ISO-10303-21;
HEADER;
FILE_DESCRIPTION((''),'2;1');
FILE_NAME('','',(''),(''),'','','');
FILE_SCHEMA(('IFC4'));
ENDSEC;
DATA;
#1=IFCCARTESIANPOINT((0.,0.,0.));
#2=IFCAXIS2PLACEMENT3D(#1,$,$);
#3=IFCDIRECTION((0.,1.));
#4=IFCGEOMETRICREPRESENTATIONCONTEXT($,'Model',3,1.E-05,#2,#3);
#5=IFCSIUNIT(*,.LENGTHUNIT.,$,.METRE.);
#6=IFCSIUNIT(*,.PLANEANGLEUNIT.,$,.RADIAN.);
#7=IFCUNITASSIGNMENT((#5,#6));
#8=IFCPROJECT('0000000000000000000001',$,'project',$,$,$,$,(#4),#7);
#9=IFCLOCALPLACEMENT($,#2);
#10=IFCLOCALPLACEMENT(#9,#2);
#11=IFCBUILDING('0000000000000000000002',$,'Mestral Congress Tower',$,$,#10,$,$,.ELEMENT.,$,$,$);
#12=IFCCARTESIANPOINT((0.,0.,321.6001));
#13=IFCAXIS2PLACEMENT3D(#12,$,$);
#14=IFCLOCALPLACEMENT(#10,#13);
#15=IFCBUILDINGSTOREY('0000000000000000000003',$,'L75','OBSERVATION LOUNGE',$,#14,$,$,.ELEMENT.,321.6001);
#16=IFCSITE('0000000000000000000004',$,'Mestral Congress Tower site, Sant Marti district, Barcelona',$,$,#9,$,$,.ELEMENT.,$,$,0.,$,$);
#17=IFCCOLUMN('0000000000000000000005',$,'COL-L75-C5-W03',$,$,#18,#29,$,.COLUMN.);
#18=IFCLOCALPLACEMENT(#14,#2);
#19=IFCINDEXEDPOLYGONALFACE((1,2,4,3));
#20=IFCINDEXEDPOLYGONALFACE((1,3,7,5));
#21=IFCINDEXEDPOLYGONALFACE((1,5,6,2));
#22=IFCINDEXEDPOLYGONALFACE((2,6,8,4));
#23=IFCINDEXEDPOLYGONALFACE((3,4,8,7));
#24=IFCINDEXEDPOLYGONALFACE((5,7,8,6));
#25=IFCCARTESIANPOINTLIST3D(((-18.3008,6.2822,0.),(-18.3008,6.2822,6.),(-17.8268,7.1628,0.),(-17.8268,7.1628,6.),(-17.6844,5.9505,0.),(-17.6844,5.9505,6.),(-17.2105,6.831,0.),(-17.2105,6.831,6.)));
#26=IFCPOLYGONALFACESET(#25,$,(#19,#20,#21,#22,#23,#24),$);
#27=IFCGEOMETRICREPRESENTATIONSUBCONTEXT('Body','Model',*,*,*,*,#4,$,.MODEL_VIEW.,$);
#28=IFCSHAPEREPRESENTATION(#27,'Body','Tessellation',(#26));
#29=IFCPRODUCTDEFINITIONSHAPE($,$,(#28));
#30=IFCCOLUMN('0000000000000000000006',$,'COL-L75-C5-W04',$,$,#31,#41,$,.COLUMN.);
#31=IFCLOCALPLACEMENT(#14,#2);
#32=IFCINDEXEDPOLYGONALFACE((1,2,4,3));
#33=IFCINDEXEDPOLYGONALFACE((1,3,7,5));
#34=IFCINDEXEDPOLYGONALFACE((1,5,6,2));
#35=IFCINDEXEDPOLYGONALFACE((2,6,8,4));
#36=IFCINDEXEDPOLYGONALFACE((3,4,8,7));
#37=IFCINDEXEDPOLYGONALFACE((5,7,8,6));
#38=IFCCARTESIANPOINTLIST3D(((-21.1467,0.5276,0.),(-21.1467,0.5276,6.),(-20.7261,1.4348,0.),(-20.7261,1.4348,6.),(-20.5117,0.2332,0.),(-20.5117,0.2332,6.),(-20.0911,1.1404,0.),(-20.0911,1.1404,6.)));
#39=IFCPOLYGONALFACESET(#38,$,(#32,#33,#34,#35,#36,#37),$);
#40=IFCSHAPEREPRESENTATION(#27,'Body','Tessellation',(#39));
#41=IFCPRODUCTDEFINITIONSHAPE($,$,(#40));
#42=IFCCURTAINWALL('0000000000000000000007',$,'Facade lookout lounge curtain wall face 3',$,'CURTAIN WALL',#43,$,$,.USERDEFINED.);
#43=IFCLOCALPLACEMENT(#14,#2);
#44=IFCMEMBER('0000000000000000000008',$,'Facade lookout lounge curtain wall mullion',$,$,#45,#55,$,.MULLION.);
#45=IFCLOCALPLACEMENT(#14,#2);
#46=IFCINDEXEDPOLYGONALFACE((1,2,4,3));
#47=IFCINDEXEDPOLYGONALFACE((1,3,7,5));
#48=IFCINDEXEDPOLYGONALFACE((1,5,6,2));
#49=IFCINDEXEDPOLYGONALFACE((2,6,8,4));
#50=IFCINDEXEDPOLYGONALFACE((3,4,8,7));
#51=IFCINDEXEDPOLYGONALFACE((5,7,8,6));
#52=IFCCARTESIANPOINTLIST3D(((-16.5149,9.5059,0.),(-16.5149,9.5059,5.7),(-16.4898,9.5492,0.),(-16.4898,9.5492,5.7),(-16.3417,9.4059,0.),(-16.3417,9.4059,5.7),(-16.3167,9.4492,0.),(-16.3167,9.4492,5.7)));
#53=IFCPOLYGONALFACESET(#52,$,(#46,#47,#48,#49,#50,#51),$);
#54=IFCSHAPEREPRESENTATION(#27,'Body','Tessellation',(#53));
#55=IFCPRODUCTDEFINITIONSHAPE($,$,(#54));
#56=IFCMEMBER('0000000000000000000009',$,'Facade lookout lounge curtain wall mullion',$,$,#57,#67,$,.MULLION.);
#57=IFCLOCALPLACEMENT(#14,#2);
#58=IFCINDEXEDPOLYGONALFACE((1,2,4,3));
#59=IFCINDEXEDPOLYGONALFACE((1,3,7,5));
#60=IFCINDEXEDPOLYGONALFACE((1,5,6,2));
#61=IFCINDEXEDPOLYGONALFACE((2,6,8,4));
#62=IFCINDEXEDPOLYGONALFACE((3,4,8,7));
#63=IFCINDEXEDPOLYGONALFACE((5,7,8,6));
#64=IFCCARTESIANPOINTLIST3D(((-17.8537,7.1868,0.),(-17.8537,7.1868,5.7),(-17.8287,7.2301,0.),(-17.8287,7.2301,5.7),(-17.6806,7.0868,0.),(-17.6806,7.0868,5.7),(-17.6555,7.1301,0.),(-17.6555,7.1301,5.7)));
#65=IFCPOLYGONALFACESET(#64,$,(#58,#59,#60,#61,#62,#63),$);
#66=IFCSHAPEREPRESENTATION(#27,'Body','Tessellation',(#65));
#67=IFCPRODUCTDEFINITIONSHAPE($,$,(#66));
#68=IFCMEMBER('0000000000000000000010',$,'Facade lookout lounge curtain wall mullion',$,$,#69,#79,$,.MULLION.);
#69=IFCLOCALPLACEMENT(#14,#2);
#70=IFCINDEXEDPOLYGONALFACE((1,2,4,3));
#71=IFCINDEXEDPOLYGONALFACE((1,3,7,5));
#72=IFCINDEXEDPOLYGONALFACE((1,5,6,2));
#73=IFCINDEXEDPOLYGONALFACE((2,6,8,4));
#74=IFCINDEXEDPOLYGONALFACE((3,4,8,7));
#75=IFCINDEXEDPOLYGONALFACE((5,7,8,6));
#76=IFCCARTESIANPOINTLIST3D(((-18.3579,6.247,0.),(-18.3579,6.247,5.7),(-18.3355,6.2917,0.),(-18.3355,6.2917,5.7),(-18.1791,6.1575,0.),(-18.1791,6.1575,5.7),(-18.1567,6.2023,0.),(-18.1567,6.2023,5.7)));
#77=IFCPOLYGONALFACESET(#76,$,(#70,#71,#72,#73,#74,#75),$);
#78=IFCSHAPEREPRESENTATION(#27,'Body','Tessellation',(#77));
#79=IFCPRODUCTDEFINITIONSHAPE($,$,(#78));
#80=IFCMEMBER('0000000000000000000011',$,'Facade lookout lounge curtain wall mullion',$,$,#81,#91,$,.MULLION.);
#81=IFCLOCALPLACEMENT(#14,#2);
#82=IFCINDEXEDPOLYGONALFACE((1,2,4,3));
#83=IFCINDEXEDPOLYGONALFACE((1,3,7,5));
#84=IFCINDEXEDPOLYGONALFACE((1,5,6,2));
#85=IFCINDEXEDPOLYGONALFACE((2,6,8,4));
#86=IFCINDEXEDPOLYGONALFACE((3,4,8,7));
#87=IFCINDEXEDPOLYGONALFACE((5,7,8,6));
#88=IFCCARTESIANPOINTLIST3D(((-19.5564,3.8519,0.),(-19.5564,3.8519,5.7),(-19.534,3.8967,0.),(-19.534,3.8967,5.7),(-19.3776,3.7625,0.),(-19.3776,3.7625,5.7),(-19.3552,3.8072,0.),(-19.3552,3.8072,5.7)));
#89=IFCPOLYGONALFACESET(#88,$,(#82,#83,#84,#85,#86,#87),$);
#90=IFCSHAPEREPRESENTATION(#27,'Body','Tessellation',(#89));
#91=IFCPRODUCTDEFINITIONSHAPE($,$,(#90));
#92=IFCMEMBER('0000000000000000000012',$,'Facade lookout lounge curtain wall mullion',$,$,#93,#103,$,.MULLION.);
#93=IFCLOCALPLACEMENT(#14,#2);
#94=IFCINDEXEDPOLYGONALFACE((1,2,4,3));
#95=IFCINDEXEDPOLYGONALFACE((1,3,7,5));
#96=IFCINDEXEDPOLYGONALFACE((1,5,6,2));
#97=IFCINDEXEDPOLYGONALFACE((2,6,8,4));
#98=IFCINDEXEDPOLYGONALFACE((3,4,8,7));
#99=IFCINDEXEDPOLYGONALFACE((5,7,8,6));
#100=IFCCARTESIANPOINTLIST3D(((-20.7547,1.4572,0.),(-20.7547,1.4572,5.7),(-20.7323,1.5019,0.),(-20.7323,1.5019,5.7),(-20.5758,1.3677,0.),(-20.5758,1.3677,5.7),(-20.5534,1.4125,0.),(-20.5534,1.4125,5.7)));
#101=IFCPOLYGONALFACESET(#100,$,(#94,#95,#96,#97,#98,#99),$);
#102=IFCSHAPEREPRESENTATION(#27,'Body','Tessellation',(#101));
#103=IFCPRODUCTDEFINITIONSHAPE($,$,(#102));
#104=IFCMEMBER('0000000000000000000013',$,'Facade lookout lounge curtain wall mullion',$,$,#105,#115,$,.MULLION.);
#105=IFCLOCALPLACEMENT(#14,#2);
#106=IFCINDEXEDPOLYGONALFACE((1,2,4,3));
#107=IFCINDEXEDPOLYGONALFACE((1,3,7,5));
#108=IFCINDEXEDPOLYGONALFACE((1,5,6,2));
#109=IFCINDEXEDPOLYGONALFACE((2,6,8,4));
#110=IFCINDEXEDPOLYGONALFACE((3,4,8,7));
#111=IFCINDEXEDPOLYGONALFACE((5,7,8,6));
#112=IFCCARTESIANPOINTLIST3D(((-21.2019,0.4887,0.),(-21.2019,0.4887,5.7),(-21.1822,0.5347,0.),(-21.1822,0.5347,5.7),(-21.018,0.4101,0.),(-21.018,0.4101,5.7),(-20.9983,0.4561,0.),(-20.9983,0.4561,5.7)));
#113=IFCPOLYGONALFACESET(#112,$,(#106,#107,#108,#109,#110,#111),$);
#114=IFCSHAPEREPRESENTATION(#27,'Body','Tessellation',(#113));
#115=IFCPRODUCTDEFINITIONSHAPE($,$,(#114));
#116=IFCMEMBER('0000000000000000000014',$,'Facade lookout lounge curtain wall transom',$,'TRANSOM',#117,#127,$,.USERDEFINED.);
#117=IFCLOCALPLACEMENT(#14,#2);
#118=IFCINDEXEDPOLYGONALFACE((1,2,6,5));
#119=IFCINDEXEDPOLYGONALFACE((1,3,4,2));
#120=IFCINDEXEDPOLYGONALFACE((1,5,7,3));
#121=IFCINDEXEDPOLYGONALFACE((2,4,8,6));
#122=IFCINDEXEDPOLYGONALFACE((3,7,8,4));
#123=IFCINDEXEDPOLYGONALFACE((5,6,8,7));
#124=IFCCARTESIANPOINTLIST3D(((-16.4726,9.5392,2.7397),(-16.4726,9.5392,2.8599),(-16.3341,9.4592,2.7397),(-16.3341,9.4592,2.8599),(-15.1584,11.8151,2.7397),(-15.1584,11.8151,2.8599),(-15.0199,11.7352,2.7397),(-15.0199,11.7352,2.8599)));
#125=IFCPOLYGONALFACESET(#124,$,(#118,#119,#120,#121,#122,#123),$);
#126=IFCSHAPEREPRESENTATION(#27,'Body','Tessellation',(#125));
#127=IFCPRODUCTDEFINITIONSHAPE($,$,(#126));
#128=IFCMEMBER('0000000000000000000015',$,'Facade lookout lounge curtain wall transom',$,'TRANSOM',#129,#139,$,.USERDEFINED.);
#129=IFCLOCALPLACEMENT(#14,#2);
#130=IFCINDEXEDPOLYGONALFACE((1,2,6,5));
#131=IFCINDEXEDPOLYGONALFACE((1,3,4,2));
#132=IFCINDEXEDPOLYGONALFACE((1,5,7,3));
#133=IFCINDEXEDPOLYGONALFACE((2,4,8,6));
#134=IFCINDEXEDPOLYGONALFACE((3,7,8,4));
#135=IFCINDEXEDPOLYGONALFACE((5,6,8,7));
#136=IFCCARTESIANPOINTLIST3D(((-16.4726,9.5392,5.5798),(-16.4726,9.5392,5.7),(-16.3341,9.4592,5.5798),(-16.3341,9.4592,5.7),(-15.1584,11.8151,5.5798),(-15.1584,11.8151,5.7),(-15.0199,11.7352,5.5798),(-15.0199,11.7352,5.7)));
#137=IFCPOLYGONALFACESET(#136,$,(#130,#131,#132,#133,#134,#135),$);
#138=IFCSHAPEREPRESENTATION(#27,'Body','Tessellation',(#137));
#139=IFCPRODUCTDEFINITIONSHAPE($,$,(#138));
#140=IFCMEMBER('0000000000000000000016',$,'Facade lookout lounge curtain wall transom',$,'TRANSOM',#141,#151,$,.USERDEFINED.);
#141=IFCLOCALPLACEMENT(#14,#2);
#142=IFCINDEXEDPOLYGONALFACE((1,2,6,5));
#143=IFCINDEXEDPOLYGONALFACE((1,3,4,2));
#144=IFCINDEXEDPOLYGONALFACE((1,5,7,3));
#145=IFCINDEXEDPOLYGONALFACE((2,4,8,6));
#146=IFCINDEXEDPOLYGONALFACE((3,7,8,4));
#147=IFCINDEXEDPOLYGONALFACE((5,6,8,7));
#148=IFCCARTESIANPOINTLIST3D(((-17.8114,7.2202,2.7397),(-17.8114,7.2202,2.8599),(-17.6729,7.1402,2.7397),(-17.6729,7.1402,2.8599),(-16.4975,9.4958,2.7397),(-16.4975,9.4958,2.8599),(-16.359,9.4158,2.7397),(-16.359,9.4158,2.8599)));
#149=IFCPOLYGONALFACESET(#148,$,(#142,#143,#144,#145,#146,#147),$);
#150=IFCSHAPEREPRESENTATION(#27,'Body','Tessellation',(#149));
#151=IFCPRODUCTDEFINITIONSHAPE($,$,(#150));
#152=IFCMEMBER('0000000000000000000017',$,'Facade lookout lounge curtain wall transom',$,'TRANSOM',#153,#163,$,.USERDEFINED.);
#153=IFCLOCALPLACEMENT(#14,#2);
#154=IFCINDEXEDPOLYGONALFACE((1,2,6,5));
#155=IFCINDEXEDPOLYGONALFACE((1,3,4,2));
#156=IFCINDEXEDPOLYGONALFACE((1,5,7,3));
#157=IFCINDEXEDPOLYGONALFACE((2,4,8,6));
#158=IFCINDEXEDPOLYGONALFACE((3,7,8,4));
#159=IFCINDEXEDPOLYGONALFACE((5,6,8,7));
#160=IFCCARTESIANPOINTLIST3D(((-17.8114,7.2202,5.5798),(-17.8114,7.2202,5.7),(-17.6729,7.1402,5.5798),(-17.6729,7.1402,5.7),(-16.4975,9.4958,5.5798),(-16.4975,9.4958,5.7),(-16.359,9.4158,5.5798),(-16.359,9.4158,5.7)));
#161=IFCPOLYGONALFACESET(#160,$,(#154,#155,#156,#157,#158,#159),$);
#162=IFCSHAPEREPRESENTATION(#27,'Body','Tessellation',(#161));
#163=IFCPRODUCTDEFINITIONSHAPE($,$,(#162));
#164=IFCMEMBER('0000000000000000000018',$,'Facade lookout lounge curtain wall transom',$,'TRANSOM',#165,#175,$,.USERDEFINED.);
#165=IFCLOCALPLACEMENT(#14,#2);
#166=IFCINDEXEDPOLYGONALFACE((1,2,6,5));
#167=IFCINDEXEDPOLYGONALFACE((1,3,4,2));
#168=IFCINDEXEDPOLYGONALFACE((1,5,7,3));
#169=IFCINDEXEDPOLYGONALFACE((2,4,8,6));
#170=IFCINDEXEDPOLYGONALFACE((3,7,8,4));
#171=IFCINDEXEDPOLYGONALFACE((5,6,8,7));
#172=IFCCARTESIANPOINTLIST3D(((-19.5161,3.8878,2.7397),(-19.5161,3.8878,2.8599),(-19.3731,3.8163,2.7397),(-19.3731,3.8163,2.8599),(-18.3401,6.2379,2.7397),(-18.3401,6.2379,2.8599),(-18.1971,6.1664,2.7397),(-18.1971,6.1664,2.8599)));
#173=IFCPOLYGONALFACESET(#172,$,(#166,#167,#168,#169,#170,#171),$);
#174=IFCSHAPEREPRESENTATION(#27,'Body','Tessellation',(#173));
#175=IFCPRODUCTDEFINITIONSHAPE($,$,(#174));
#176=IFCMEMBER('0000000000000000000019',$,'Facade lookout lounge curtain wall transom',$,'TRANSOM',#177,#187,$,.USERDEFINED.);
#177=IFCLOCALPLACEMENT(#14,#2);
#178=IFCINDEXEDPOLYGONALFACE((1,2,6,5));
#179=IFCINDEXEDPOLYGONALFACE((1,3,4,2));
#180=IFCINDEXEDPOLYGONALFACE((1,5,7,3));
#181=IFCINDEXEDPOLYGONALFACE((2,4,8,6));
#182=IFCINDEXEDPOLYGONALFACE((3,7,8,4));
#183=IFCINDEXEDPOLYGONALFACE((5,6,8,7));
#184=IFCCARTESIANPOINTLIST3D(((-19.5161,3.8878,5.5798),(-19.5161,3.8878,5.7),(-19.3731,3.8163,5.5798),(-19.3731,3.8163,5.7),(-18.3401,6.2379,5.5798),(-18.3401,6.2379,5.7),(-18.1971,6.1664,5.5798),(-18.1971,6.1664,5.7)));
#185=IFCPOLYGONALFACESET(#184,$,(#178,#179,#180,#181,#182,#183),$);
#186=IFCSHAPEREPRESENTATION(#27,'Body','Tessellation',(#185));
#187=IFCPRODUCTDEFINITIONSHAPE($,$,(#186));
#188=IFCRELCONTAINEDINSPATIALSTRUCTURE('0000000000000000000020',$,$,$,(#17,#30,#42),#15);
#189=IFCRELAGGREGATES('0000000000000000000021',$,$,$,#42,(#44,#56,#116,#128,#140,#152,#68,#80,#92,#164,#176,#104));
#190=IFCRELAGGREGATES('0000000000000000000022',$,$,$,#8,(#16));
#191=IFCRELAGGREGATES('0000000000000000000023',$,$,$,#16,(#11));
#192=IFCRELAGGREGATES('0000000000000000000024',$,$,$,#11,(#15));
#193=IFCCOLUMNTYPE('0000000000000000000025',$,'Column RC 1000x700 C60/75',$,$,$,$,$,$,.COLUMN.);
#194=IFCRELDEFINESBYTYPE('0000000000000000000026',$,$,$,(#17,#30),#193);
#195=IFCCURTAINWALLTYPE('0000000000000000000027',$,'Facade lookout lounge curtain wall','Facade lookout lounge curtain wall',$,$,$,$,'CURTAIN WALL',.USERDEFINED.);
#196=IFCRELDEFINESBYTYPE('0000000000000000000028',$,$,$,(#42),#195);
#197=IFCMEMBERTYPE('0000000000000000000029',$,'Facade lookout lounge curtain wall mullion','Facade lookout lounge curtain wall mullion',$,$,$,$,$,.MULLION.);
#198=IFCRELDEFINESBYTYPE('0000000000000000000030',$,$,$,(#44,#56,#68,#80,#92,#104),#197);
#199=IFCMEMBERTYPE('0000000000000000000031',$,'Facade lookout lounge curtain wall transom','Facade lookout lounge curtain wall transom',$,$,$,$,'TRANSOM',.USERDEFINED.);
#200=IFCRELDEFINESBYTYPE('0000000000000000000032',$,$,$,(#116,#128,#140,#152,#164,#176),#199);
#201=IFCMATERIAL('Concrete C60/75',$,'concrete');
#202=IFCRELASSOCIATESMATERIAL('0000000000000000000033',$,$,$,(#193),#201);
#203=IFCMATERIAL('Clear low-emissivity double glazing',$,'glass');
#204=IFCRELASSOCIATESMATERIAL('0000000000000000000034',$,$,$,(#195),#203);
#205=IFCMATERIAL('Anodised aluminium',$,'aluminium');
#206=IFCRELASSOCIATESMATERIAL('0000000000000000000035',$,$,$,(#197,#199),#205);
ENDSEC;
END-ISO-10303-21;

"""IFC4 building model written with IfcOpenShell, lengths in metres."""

from ifc_helpers import new_model, si_unit, direction, frame, origin, origin_2d, place, context, subcontext, project, spatial, rectangle, extrude, material, material_profile, profile_set, type_object, element, aggregate, save


model = new_model("IFC4")

# Units and contexts
model_context = context("Model", 3, precision=1e-05, world=origin(), true_north=direction((0.0, 1.0)))
body_context = subcontext(model_context, "Body", "Model", "MODEL_VIEW")
ifc_project = project(units=[si_unit("LENGTHUNIT", "METRE"), si_unit("PLANEANGLEUNIT", "RADIAN")], contexts=[model_context])

# Site, building, storey
site_placement = place(None, origin())
site = spatial("IfcSite", under=ifc_project, at=site_placement, Name="Mestral Congress Tower site, Sant Marti district, Barcelona", CompositionType="ELEMENT", RefElevation=0.0)
building_placement = place(site_placement, origin())
building = spatial("IfcBuilding", under=site, at=building_placement, Name="Mestral Congress Tower", CompositionType="ELEMENT")
storey_placement = place(building_placement, frame((0.0, 0.0, 321.6001)))
storey = spatial("IfcBuildingStorey", under=building, at=storey_placement, Name="L75", Description="OBSERVATION LOUNGE", CompositionType="ELEMENT", Elevation=321.6001)

# Columns
ifc_material_1 = material(Name="Concrete C60/75", Category="concrete")
ifc_material_profile_1 = material_profile(ifc_material_1, rectangle(XDim=1.0, YDim=0.7, at=origin_2d()), Name="RC 1000x700")
ifc_profile_set_1 = profile_set([ifc_material_profile_1], Name="Concrete C60/75")
column_type = type_object("IfcColumnType", Name="Column RC 1000x700 C60/75", PredefinedType="COLUMN", material=ifc_profile_set_1)
for number, where, z_axis, x_axis, name in (
    (1, (-17.7556, 6.5566, 0.0), (0.0, 0.0, 1.0), (-0.473945, -0.880554, 0.0), "COL-L75-C5-W03"),
    (2, (-20.6189, 0.834, 0.0), (0.0, 0.0, 1.0), (-0.420596, -0.907248, 0.0), "COL-L75-C5-W04"),
):
    element("IfcColumn", number, at=place(storey_placement, frame(where, z_axis=z_axis, x_axis=x_axis)), inside=storey, type_object=column_type, Name=name, PredefinedType="COLUMN", context=body_context, shape_type="SweptSolid", body=[
        extrude(rectangle(XDim=1.0, YDim=0.7, at=origin_2d()), origin(), (0.0, 0.0, 1.0), 6.0),
    ])

# Curtain wall, members
ifc_material_2 = material(Name="Clear low-emissivity double glazing", Category="glass")
curtain_wall_type = type_object("IfcCurtainWallType", Name="Facade lookout lounge curtain wall", Description="Facade lookout lounge curtain wall", ElementType="CURTAIN WALL", PredefinedType="USERDEFINED", material=ifc_material_2)
curtain_wall_placement = place(storey_placement, origin())
curtain_wall = element("IfcCurtainWall", 3, at=curtain_wall_placement, inside=storey, type_object=curtain_wall_type, Name="Facade lookout lounge curtain wall face 3", ObjectType="CURTAIN WALL", PredefinedType="USERDEFINED")
ifc_material_3 = material(Name="Anodised aluminium", Category="aluminium")
ifc_material_profile_2 = material_profile(ifc_material_3, rectangle(XDim=0.2, YDim=0.05, at=origin_2d()), Name="CW2 mullion 200 x 50")
ifc_profile_set_2 = profile_set([ifc_material_profile_2], Name="Anodised aluminium")
member_type_1 = type_object("IfcMemberType", Name="Facade lookout lounge curtain wall mullion", Description="Facade lookout lounge curtain wall mullion", PredefinedType="MULLION", material=ifc_profile_set_2)
member_1_placement = place(storey_placement, frame((-16.4158, 9.4775, 0.0), z_axis=(0.0, 0.0, 1.0), x_axis=(-0.866022, 0.500006, 0.0)))
member_1 = element("IfcMember", 4, at=member_1_placement, type_object=member_type_1, Name="Facade lookout lounge curtain wall mullion", PredefinedType="MULLION", context=body_context, shape_type="SweptSolid", body=[
    extrude(rectangle(XDim=0.2, YDim=0.05, at=origin_2d()), origin(), (0.0, 0.0, 1.0), 5.7),
])
member_2_placement = place(storey_placement, frame((-17.7546, 7.1584, 0.0), z_axis=(0.0, 0.0, 1.0), x_axis=(-0.866022, 0.500006, 0.0)))
member_2 = element("IfcMember", 5, at=member_2_placement, type_object=member_type_1, Name="Facade lookout lounge curtain wall mullion", PredefinedType="MULLION", context=body_context, shape_type="SweptSolid", body=[
    extrude(rectangle(XDim=0.2, YDim=0.05, at=origin_2d()), origin(), (0.0, 0.0, 1.0), 5.7),
])
member_3_placement = place(storey_placement, frame((-18.2573, 6.2246, 0.0), z_axis=(0.0, 0.0, 1.0), x_axis=(-0.8943, 0.447469, 0.0)))
member_3 = element("IfcMember", 6, at=member_3_placement, type_object=member_type_1, Name="Facade lookout lounge curtain wall mullion", PredefinedType="MULLION", context=body_context, shape_type="SweptSolid", body=[
    extrude(rectangle(XDim=0.2, YDim=0.05, at=origin_2d()), origin(), (0.0, 0.0, 1.0), 5.7),
])
member_4_placement = place(storey_placement, frame((-19.4558, 3.8296, 0.0), z_axis=(0.0, 0.0, 1.0), x_axis=(-0.8943, 0.447469, 0.0)))
member_4 = element("IfcMember", 7, at=member_4_placement, type_object=member_type_1, Name="Facade lookout lounge curtain wall mullion", PredefinedType="MULLION", context=body_context, shape_type="SweptSolid", body=[
    extrude(rectangle(XDim=0.2, YDim=0.05, at=origin_2d()), origin(), (0.0, 0.0, 1.0), 5.7),
])
member_5_placement = place(storey_placement, frame((-20.6541, 1.4348, 0.0), z_axis=(0.0, 0.0, 1.0), x_axis=(-0.8943, 0.447469, 0.0)))
member_5 = element("IfcMember", 8, at=member_5_placement, type_object=member_type_1, Name="Facade lookout lounge curtain wall mullion", PredefinedType="MULLION", context=body_context, shape_type="SweptSolid", body=[
    extrude(rectangle(XDim=0.2, YDim=0.05, at=origin_2d()), origin(), (0.0, 0.0, 1.0), 5.7),
])
member_6_placement = place(storey_placement, frame((-21.1001, 0.4724, 0.0), z_axis=(0.0, 0.0, 1.0), x_axis=(-0.919386, 0.393356, 0.0)))
member_6 = element("IfcMember", 9, at=member_6_placement, type_object=member_type_1, Name="Facade lookout lounge curtain wall mullion", PredefinedType="MULLION", context=body_context, shape_type="SweptSolid", body=[
    extrude(rectangle(XDim=0.2, YDim=0.05, at=origin_2d()), origin(), (0.0, 0.0, 1.0), 5.7),
])
ifc_material_profile_3 = material_profile(ifc_material_3, rectangle(XDim=0.1599, YDim=0.1201, at=origin_2d()), Name="CW2 transom 160 x 120")
ifc_profile_set_3 = profile_set([ifc_material_profile_3], Name="Anodised aluminium")
member_type_2 = type_object("IfcMemberType", Name="Facade lookout lounge curtain wall transom", Description="Facade lookout lounge curtain wall transom", ElementType="TRANSOM", PredefinedType="USERDEFINED", material=ifc_profile_set_3)
member_7_placement = place(storey_placement, frame((-15.0891, 11.7751, 2.7998), z_axis=(-0.500066, -0.865988, 0.0), x_axis=(0.865988, -0.500066, 0.0)))
member_7 = element("IfcMember", 10, at=member_7_placement, type_object=member_type_2, Name="Facade lookout lounge curtain wall transom", ObjectType="TRANSOM", PredefinedType="USERDEFINED", context=body_context, shape_type="SweptSolid", body=[
    extrude(rectangle(XDim=0.1599, YDim=0.1201, at=origin_2d()), origin(), (0.0, 0.0, 1.0), 2.6282),
])
member_8_placement = place(storey_placement, frame((-15.0891, 11.7751, 5.6399), z_axis=(-0.500066, -0.865988, 0.0), x_axis=(0.865988, -0.500066, 0.0)))
member_8 = element("IfcMember", 11, at=member_8_placement, type_object=member_type_2, Name="Facade lookout lounge curtain wall transom", ObjectType="TRANSOM", PredefinedType="USERDEFINED", context=body_context, shape_type="SweptSolid", body=[
    extrude(rectangle(XDim=0.1599, YDim=0.1201, at=origin_2d()), origin(), (0.0, 0.0, 1.0), 2.6282),
])
member_9_placement = place(storey_placement, frame((-16.4282, 9.4558, 2.7998), z_axis=(-0.500036, -0.866005, 0.0), x_axis=(0.866005, -0.500036, 0.0)))
member_9 = element("IfcMember", 12, at=member_9_placement, type_object=member_type_2, Name="Facade lookout lounge curtain wall transom", ObjectType="TRANSOM", PredefinedType="USERDEFINED", context=body_context, shape_type="SweptSolid", body=[
    extrude(rectangle(XDim=0.1599, YDim=0.1201, at=origin_2d()), origin(), (0.0, 0.0, 1.0), 2.6277),
])
member_10_placement = place(storey_placement, frame((-16.4282, 9.4558, 5.6399), z_axis=(-0.500036, -0.866005, 0.0), x_axis=(0.866005, -0.500036, 0.0)))
member_10 = element("IfcMember", 13, at=member_10_placement, type_object=member_type_2, Name="Facade lookout lounge curtain wall transom", ObjectType="TRANSOM", PredefinedType="USERDEFINED", context=body_context, shape_type="SweptSolid", body=[
    extrude(rectangle(XDim=0.1599, YDim=0.1201, at=origin_2d()), origin(), (0.0, 0.0, 1.0), 2.6277),
])
member_11_placement = place(storey_placement, frame((-18.2686, 6.2021, 2.7998), z_axis=(-0.447511, -0.894278, 0.0), x_axis=(0.894278, -0.447511, 0.0)))
member_11 = element("IfcMember", 14, at=member_11_placement, type_object=member_type_2, Name="Facade lookout lounge curtain wall transom", ObjectType="TRANSOM", PredefinedType="USERDEFINED", context=body_context, shape_type="SweptSolid", body=[
    extrude(rectangle(XDim=0.1599, YDim=0.1201, at=origin_2d()), origin(), (0.0, 0.0, 1.0), 2.6279),
])
member_12_placement = place(storey_placement, frame((-18.2686, 6.2021, 5.6399), z_axis=(-0.447511, -0.894278, 0.0), x_axis=(0.894278, -0.447511, 0.0)))
member_12 = element("IfcMember", 15, at=member_12_placement, type_object=member_type_2, Name="Facade lookout lounge curtain wall transom", ObjectType="TRANSOM", PredefinedType="USERDEFINED", context=body_context, shape_type="SweptSolid", body=[
    extrude(rectangle(XDim=0.1599, YDim=0.1201, at=origin_2d()), origin(), (0.0, 0.0, 1.0), 2.6279),
])

aggregate(curtain_wall, [member_1, member_2, member_7, member_8, member_9, member_10, member_3, member_4, member_5, member_11, member_12, member_6])

save(model, "model.ifc")
